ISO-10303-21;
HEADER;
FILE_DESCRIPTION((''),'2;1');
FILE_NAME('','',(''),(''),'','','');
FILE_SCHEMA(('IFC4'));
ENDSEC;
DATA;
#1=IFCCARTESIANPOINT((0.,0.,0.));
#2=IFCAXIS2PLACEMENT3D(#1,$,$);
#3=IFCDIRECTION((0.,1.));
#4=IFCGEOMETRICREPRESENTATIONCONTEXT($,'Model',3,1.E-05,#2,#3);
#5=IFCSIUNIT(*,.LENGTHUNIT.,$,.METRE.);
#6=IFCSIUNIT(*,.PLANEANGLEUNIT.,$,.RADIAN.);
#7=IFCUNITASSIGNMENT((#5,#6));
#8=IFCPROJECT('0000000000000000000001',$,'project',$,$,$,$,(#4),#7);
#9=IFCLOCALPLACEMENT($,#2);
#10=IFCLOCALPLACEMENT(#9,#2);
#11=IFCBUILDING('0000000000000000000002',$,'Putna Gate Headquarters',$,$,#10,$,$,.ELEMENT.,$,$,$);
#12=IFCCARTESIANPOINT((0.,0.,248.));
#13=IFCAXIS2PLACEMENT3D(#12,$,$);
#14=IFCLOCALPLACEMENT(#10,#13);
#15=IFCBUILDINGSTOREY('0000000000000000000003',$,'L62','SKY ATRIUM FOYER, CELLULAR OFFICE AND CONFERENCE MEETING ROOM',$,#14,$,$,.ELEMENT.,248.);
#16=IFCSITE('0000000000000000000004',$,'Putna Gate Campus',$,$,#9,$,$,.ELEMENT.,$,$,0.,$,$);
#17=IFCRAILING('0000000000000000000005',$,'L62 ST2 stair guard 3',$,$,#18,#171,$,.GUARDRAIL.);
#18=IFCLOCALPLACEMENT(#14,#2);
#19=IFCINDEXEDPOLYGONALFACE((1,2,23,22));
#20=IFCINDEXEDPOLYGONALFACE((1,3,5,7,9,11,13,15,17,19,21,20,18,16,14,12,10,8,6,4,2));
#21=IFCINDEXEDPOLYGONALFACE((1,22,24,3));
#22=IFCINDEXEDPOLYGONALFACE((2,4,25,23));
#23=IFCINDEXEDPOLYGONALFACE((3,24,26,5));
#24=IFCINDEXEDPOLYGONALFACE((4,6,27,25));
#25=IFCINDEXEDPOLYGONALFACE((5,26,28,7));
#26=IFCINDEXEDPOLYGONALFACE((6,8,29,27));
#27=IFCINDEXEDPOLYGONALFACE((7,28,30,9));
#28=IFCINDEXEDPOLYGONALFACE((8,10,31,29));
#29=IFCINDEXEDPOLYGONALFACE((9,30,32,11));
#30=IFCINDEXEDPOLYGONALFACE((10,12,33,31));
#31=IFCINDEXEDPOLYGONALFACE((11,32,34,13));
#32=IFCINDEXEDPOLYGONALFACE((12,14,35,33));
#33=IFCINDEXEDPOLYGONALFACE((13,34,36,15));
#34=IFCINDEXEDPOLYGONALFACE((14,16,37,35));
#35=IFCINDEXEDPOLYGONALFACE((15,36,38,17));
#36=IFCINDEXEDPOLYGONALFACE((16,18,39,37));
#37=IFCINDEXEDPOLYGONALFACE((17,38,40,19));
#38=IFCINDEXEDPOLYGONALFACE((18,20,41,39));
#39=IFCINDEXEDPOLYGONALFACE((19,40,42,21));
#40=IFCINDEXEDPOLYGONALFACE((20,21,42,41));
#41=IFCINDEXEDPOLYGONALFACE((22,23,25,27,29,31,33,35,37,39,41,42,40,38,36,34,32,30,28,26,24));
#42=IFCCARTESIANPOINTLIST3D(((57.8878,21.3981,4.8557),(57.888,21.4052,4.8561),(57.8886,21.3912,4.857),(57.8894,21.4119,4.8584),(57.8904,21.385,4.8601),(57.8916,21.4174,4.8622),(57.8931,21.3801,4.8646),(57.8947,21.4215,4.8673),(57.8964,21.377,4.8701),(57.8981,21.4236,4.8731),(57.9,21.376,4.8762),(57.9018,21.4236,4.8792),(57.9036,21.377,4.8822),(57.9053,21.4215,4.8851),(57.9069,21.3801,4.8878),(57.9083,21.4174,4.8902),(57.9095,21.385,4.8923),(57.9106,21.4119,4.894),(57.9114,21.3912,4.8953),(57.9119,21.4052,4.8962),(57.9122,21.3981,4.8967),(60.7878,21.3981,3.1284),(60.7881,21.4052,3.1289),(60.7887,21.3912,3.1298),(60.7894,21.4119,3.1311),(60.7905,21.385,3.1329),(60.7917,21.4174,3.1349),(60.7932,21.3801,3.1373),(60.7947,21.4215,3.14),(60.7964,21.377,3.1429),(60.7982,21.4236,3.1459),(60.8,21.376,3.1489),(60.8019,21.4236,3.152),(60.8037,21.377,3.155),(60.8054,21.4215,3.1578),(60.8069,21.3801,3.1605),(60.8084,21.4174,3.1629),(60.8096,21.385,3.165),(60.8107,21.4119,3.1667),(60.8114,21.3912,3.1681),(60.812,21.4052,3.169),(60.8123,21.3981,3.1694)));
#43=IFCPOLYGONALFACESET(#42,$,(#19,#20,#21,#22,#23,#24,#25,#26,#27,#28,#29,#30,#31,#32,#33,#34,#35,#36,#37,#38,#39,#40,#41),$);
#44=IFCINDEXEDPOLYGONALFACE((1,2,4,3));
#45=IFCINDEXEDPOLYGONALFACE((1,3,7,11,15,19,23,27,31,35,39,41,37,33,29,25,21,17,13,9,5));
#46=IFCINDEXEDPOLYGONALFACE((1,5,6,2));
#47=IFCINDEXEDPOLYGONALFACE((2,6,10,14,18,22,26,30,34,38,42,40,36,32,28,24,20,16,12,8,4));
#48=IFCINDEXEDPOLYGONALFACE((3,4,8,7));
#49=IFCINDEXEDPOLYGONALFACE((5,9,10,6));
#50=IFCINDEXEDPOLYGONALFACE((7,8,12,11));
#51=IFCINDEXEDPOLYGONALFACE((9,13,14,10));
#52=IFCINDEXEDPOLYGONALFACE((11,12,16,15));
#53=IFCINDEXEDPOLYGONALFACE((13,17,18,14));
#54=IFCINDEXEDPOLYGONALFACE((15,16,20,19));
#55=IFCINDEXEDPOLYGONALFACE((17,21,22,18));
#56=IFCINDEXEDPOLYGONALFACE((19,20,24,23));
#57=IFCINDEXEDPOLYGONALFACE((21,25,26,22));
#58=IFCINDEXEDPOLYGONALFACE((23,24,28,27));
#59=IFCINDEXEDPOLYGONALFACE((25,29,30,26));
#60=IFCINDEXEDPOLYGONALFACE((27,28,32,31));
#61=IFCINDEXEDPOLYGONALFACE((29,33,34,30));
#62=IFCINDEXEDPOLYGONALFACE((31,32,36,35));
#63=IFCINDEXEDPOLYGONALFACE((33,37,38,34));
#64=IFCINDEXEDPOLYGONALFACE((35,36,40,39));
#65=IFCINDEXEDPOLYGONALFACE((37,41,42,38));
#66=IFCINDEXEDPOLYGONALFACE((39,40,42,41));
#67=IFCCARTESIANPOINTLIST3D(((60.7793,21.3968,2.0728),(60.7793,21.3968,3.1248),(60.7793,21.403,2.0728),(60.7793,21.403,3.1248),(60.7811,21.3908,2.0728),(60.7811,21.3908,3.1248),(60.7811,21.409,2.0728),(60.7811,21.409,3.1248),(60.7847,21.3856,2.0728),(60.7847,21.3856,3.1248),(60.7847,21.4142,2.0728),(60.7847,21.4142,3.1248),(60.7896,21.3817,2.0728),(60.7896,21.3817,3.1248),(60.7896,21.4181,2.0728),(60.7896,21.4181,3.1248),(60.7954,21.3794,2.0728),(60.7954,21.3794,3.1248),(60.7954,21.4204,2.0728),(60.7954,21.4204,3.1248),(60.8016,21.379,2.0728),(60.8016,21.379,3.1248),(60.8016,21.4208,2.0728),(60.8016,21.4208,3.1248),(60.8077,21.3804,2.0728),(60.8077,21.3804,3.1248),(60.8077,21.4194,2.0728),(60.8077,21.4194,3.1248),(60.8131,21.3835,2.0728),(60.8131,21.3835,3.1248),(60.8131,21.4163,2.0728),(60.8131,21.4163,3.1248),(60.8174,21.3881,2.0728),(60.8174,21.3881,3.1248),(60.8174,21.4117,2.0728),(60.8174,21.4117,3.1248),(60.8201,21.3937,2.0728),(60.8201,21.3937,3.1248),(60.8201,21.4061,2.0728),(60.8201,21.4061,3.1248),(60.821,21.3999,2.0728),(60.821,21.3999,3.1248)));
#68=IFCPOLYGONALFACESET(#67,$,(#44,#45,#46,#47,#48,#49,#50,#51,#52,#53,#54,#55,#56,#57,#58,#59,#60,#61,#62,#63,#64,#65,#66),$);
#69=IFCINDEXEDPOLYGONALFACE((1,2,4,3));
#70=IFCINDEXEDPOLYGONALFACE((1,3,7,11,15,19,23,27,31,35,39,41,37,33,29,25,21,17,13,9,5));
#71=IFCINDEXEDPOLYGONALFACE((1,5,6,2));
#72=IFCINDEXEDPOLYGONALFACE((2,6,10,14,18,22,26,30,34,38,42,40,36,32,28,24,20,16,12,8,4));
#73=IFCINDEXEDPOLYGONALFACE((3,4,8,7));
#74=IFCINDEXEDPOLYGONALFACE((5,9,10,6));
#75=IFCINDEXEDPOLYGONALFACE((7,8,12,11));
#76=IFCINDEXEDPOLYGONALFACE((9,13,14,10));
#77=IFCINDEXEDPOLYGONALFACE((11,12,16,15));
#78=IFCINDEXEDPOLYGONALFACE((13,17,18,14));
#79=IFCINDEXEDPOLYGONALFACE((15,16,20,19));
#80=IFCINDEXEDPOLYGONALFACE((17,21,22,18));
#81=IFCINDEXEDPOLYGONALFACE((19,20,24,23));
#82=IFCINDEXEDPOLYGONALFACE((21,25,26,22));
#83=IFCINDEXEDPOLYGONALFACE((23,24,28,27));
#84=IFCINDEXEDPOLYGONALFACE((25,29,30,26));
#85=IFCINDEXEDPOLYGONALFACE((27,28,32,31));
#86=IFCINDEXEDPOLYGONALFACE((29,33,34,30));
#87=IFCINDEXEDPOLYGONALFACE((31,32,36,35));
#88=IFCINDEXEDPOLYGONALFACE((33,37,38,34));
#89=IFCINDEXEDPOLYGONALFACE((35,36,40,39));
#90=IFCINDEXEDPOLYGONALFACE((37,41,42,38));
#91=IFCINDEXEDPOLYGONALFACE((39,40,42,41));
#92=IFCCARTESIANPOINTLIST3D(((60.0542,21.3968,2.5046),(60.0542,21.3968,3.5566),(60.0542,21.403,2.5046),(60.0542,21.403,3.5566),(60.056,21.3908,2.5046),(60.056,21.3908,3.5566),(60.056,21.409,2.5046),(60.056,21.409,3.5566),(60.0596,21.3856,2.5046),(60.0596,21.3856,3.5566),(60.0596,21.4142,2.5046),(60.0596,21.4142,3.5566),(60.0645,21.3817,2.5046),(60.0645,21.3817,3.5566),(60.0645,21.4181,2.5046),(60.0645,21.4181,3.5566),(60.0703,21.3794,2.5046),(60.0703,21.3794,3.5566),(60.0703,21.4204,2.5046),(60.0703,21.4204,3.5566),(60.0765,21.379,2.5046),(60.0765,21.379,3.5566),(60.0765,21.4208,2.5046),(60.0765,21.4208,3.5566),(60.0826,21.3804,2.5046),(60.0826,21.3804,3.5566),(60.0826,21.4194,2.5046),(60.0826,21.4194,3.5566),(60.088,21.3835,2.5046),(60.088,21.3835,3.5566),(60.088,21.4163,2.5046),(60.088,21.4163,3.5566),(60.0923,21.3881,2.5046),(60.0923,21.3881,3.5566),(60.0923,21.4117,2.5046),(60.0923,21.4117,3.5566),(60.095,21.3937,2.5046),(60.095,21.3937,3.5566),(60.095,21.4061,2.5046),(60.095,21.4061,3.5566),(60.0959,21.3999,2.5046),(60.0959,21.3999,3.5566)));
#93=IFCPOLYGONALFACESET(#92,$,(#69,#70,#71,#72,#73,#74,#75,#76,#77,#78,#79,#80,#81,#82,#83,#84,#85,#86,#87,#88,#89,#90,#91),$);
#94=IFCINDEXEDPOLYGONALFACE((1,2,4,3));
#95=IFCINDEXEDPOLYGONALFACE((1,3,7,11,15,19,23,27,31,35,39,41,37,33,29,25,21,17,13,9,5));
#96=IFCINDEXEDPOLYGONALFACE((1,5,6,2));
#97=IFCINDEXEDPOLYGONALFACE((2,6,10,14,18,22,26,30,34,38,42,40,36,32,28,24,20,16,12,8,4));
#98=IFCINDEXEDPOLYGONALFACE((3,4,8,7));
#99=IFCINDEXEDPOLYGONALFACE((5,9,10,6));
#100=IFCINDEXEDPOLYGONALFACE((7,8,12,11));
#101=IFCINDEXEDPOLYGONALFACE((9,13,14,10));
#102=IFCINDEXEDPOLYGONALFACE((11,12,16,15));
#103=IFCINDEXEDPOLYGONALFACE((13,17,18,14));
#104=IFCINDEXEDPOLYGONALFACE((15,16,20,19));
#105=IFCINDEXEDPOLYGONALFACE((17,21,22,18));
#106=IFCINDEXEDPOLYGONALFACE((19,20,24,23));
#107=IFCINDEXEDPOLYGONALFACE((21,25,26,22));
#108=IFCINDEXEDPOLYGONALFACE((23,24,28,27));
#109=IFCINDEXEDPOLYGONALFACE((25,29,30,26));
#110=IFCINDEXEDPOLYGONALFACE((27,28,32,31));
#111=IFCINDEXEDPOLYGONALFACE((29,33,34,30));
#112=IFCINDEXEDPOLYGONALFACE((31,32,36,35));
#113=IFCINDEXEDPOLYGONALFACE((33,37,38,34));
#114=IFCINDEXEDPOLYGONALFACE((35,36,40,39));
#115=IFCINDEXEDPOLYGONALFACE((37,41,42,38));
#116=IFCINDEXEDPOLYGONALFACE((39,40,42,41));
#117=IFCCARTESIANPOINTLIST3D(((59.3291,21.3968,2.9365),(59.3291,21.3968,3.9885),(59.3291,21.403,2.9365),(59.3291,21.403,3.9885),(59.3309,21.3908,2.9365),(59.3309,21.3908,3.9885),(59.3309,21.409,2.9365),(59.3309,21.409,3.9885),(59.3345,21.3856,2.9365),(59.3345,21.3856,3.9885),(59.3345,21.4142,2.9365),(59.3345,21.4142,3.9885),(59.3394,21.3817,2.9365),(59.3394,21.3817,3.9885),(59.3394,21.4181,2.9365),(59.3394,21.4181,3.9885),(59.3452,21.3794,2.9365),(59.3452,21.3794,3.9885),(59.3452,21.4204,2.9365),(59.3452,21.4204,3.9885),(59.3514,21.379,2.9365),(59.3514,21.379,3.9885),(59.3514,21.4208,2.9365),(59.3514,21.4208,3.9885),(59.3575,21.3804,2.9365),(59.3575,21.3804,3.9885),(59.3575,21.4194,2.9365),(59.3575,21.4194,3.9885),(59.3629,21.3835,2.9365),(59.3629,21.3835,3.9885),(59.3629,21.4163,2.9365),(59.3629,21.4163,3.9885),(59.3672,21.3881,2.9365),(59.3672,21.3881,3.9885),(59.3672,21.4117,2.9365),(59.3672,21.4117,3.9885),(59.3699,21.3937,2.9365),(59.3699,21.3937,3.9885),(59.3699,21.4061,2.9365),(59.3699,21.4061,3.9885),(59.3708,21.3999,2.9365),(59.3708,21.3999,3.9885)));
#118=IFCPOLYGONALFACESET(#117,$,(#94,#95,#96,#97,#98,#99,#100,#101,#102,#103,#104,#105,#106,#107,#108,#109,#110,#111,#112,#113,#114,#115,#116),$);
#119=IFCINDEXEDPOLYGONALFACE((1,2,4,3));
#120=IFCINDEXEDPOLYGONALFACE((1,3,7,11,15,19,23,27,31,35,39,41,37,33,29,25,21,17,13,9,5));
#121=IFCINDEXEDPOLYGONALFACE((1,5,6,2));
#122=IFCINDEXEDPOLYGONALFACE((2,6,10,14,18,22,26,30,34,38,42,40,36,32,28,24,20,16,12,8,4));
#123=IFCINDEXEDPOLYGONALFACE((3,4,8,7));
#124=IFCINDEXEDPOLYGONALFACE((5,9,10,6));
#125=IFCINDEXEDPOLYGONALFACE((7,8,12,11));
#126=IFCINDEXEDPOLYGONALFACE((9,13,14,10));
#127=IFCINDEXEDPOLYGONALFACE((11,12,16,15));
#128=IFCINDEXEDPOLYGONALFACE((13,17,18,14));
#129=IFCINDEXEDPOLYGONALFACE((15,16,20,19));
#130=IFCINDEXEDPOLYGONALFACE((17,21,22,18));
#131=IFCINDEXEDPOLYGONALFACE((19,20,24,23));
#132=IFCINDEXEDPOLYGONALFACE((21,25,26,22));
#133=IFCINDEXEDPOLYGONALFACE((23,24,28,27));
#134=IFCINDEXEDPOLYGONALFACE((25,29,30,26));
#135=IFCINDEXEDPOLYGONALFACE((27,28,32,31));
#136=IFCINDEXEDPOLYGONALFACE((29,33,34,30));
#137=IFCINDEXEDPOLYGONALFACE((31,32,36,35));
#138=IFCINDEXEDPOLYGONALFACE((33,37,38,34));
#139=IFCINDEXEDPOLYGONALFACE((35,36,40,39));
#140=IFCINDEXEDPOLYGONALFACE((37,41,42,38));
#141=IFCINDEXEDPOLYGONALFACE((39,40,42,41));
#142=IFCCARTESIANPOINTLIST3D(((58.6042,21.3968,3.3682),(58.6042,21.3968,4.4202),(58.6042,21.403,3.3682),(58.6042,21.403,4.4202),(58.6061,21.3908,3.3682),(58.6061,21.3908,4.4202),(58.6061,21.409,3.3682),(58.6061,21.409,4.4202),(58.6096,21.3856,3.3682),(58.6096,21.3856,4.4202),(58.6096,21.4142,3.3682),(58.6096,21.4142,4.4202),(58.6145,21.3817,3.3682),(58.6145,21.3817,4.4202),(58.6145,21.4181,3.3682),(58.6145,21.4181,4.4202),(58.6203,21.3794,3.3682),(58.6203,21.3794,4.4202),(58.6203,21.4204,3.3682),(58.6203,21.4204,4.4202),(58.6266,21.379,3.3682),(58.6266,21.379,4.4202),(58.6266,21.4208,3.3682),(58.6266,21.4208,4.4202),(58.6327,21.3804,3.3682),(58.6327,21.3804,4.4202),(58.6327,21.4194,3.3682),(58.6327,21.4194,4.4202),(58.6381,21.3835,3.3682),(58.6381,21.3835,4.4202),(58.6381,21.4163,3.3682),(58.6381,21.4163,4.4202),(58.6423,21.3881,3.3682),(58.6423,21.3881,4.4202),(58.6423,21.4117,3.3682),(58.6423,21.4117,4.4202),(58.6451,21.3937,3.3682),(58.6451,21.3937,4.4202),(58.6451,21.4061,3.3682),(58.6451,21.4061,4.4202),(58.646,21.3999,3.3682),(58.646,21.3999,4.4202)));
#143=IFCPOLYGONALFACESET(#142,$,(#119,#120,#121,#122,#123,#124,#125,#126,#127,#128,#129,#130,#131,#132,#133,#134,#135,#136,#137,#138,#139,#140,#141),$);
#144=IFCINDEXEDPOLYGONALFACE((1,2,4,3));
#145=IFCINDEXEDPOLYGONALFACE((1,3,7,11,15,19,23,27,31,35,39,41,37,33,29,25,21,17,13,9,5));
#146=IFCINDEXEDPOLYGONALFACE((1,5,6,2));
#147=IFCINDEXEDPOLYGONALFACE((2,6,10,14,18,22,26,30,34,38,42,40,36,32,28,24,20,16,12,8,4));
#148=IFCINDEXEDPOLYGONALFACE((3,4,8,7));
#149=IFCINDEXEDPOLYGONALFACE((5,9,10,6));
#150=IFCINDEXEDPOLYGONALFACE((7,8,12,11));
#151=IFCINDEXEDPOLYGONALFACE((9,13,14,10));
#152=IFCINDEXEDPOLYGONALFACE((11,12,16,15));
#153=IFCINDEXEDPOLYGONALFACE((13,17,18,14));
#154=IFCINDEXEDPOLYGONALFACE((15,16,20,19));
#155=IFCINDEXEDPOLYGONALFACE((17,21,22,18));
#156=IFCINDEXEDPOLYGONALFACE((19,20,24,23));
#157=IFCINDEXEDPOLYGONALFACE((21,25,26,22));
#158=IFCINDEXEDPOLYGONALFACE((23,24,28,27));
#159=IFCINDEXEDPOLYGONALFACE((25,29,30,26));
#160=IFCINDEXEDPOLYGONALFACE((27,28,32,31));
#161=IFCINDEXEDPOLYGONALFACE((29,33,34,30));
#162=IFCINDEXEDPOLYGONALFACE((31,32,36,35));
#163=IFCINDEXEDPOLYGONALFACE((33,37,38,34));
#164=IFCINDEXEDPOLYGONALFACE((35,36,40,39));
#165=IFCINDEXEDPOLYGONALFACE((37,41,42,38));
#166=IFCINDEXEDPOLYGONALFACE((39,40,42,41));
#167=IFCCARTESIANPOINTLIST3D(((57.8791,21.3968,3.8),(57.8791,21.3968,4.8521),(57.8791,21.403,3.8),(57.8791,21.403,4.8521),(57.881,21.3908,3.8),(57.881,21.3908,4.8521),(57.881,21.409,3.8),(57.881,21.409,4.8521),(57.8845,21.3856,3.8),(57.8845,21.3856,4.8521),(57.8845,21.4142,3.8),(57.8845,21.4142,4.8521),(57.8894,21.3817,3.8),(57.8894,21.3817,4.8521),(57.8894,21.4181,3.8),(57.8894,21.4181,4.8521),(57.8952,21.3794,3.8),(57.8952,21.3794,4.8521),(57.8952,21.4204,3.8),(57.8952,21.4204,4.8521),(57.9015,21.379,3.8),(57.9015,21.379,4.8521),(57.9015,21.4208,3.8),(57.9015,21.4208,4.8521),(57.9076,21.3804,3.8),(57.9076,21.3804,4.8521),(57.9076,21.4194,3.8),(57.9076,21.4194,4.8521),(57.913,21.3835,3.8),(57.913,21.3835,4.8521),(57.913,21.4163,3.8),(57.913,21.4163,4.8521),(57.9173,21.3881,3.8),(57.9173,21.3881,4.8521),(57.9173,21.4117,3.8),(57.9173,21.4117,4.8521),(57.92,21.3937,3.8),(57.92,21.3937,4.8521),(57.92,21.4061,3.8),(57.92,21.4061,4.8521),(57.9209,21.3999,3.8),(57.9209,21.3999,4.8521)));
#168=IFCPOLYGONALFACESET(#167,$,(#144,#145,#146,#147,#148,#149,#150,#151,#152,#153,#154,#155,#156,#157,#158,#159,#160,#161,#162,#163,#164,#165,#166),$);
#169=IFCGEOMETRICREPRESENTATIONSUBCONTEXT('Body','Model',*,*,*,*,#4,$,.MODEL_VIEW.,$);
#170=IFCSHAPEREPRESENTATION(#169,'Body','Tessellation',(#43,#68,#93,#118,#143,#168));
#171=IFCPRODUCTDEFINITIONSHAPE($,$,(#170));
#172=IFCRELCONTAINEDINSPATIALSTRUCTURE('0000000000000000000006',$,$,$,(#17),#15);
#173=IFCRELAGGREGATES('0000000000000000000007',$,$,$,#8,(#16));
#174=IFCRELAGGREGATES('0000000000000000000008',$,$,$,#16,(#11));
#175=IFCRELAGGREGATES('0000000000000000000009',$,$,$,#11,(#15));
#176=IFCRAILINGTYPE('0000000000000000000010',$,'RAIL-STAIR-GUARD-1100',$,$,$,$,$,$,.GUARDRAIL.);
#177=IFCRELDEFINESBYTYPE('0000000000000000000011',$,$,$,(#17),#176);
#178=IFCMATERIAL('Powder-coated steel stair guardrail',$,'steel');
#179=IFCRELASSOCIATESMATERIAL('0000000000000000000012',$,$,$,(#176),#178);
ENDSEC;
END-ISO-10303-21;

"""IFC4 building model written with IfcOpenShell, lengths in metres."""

from ifc_helpers import new_model, si_unit, direction, frame, origin, origin_2d, place, context, subcontext, project, spatial, circle, extrude, material, type_object, element, save


model = new_model("IFC4")

# Units and contexts
model_context = context("Model", 3, precision=1e-05, world=origin(), true_north=direction((0.0, 1.0)))
body_context = subcontext(model_context, "Body", "Model", "MODEL_VIEW")
ifc_project = project(units=[si_unit("LENGTHUNIT", "METRE"), si_unit("PLANEANGLEUNIT", "RADIAN")], contexts=[model_context])

# Site, building, storey
site_placement = place(None, origin())
site = spatial("IfcSite", under=ifc_project, at=site_placement, Name="Putna Gate Campus", CompositionType="ELEMENT", RefElevation=0.0)
building_placement = place(site_placement, origin())
building = spatial("IfcBuilding", under=site, at=building_placement, Name="Putna Gate Headquarters", CompositionType="ELEMENT")
storey_placement = place(building_placement, frame((0.0, 0.0, 248.0)))
storey = spatial("IfcBuildingStorey", under=building, at=storey_placement, Name="L62", Description="SKY ATRIUM FOYER, CELLULAR OFFICE AND CONFERENCE MEETING ROOM", CompositionType="ELEMENT", Elevation=248.0)

# Railing
ifc_material_1 = material(Name="Powder-coated steel stair guardrail", Category="steel")
railing_type_1 = type_object("IfcRailingType", Name="RAIL-STAIR-GUARD-1100", PredefinedType="GUARDRAIL", material=ifc_material_1)
railing_1_placement = place(storey_placement, frame((60.8, 21.3999, 2.0728)))
element("IfcRailing", 1, at=railing_1_placement, inside=storey, type_object=railing_type_1, Name="L62 ST2 stair guard 3", PredefinedType="GUARDRAIL", context=body_context, shape_type="SweptSolid", body=[
    extrude(circle(Radius=0.0239, at=origin_2d()), frame((0.0, 0.0, 1.0762), z_axis=(-0.85916, 0.0, 0.511706), x_axis=(0.0, -1.0, 0.0)), (0.0, 0.0, 1.0), 3.3755),
    extrude(circle(Radius=0.021, at=origin_2d()), origin(), (0.0, 0.0, 1.0), 1.052),
    extrude(circle(Radius=0.021, at=origin_2d()), frame((-0.7251, 0.0, 0.4319)), (0.0, 0.0, 1.0), 1.052),
    extrude(circle(Radius=0.021, at=origin_2d()), frame((-1.4502, 0.0, 0.8638)), (0.0, 0.0, 1.0), 1.052),
    extrude(circle(Radius=0.021, at=origin_2d()), frame((-2.175, 0.0, 1.2954)), (0.0, 0.0, 1.0), 1.052),
    extrude(circle(Radius=0.021, at=origin_2d()), frame((-2.9001, 0.0, 1.7273)), (0.0, 0.0, 1.0), 1.052),
])

save(model, "model.ifc")
